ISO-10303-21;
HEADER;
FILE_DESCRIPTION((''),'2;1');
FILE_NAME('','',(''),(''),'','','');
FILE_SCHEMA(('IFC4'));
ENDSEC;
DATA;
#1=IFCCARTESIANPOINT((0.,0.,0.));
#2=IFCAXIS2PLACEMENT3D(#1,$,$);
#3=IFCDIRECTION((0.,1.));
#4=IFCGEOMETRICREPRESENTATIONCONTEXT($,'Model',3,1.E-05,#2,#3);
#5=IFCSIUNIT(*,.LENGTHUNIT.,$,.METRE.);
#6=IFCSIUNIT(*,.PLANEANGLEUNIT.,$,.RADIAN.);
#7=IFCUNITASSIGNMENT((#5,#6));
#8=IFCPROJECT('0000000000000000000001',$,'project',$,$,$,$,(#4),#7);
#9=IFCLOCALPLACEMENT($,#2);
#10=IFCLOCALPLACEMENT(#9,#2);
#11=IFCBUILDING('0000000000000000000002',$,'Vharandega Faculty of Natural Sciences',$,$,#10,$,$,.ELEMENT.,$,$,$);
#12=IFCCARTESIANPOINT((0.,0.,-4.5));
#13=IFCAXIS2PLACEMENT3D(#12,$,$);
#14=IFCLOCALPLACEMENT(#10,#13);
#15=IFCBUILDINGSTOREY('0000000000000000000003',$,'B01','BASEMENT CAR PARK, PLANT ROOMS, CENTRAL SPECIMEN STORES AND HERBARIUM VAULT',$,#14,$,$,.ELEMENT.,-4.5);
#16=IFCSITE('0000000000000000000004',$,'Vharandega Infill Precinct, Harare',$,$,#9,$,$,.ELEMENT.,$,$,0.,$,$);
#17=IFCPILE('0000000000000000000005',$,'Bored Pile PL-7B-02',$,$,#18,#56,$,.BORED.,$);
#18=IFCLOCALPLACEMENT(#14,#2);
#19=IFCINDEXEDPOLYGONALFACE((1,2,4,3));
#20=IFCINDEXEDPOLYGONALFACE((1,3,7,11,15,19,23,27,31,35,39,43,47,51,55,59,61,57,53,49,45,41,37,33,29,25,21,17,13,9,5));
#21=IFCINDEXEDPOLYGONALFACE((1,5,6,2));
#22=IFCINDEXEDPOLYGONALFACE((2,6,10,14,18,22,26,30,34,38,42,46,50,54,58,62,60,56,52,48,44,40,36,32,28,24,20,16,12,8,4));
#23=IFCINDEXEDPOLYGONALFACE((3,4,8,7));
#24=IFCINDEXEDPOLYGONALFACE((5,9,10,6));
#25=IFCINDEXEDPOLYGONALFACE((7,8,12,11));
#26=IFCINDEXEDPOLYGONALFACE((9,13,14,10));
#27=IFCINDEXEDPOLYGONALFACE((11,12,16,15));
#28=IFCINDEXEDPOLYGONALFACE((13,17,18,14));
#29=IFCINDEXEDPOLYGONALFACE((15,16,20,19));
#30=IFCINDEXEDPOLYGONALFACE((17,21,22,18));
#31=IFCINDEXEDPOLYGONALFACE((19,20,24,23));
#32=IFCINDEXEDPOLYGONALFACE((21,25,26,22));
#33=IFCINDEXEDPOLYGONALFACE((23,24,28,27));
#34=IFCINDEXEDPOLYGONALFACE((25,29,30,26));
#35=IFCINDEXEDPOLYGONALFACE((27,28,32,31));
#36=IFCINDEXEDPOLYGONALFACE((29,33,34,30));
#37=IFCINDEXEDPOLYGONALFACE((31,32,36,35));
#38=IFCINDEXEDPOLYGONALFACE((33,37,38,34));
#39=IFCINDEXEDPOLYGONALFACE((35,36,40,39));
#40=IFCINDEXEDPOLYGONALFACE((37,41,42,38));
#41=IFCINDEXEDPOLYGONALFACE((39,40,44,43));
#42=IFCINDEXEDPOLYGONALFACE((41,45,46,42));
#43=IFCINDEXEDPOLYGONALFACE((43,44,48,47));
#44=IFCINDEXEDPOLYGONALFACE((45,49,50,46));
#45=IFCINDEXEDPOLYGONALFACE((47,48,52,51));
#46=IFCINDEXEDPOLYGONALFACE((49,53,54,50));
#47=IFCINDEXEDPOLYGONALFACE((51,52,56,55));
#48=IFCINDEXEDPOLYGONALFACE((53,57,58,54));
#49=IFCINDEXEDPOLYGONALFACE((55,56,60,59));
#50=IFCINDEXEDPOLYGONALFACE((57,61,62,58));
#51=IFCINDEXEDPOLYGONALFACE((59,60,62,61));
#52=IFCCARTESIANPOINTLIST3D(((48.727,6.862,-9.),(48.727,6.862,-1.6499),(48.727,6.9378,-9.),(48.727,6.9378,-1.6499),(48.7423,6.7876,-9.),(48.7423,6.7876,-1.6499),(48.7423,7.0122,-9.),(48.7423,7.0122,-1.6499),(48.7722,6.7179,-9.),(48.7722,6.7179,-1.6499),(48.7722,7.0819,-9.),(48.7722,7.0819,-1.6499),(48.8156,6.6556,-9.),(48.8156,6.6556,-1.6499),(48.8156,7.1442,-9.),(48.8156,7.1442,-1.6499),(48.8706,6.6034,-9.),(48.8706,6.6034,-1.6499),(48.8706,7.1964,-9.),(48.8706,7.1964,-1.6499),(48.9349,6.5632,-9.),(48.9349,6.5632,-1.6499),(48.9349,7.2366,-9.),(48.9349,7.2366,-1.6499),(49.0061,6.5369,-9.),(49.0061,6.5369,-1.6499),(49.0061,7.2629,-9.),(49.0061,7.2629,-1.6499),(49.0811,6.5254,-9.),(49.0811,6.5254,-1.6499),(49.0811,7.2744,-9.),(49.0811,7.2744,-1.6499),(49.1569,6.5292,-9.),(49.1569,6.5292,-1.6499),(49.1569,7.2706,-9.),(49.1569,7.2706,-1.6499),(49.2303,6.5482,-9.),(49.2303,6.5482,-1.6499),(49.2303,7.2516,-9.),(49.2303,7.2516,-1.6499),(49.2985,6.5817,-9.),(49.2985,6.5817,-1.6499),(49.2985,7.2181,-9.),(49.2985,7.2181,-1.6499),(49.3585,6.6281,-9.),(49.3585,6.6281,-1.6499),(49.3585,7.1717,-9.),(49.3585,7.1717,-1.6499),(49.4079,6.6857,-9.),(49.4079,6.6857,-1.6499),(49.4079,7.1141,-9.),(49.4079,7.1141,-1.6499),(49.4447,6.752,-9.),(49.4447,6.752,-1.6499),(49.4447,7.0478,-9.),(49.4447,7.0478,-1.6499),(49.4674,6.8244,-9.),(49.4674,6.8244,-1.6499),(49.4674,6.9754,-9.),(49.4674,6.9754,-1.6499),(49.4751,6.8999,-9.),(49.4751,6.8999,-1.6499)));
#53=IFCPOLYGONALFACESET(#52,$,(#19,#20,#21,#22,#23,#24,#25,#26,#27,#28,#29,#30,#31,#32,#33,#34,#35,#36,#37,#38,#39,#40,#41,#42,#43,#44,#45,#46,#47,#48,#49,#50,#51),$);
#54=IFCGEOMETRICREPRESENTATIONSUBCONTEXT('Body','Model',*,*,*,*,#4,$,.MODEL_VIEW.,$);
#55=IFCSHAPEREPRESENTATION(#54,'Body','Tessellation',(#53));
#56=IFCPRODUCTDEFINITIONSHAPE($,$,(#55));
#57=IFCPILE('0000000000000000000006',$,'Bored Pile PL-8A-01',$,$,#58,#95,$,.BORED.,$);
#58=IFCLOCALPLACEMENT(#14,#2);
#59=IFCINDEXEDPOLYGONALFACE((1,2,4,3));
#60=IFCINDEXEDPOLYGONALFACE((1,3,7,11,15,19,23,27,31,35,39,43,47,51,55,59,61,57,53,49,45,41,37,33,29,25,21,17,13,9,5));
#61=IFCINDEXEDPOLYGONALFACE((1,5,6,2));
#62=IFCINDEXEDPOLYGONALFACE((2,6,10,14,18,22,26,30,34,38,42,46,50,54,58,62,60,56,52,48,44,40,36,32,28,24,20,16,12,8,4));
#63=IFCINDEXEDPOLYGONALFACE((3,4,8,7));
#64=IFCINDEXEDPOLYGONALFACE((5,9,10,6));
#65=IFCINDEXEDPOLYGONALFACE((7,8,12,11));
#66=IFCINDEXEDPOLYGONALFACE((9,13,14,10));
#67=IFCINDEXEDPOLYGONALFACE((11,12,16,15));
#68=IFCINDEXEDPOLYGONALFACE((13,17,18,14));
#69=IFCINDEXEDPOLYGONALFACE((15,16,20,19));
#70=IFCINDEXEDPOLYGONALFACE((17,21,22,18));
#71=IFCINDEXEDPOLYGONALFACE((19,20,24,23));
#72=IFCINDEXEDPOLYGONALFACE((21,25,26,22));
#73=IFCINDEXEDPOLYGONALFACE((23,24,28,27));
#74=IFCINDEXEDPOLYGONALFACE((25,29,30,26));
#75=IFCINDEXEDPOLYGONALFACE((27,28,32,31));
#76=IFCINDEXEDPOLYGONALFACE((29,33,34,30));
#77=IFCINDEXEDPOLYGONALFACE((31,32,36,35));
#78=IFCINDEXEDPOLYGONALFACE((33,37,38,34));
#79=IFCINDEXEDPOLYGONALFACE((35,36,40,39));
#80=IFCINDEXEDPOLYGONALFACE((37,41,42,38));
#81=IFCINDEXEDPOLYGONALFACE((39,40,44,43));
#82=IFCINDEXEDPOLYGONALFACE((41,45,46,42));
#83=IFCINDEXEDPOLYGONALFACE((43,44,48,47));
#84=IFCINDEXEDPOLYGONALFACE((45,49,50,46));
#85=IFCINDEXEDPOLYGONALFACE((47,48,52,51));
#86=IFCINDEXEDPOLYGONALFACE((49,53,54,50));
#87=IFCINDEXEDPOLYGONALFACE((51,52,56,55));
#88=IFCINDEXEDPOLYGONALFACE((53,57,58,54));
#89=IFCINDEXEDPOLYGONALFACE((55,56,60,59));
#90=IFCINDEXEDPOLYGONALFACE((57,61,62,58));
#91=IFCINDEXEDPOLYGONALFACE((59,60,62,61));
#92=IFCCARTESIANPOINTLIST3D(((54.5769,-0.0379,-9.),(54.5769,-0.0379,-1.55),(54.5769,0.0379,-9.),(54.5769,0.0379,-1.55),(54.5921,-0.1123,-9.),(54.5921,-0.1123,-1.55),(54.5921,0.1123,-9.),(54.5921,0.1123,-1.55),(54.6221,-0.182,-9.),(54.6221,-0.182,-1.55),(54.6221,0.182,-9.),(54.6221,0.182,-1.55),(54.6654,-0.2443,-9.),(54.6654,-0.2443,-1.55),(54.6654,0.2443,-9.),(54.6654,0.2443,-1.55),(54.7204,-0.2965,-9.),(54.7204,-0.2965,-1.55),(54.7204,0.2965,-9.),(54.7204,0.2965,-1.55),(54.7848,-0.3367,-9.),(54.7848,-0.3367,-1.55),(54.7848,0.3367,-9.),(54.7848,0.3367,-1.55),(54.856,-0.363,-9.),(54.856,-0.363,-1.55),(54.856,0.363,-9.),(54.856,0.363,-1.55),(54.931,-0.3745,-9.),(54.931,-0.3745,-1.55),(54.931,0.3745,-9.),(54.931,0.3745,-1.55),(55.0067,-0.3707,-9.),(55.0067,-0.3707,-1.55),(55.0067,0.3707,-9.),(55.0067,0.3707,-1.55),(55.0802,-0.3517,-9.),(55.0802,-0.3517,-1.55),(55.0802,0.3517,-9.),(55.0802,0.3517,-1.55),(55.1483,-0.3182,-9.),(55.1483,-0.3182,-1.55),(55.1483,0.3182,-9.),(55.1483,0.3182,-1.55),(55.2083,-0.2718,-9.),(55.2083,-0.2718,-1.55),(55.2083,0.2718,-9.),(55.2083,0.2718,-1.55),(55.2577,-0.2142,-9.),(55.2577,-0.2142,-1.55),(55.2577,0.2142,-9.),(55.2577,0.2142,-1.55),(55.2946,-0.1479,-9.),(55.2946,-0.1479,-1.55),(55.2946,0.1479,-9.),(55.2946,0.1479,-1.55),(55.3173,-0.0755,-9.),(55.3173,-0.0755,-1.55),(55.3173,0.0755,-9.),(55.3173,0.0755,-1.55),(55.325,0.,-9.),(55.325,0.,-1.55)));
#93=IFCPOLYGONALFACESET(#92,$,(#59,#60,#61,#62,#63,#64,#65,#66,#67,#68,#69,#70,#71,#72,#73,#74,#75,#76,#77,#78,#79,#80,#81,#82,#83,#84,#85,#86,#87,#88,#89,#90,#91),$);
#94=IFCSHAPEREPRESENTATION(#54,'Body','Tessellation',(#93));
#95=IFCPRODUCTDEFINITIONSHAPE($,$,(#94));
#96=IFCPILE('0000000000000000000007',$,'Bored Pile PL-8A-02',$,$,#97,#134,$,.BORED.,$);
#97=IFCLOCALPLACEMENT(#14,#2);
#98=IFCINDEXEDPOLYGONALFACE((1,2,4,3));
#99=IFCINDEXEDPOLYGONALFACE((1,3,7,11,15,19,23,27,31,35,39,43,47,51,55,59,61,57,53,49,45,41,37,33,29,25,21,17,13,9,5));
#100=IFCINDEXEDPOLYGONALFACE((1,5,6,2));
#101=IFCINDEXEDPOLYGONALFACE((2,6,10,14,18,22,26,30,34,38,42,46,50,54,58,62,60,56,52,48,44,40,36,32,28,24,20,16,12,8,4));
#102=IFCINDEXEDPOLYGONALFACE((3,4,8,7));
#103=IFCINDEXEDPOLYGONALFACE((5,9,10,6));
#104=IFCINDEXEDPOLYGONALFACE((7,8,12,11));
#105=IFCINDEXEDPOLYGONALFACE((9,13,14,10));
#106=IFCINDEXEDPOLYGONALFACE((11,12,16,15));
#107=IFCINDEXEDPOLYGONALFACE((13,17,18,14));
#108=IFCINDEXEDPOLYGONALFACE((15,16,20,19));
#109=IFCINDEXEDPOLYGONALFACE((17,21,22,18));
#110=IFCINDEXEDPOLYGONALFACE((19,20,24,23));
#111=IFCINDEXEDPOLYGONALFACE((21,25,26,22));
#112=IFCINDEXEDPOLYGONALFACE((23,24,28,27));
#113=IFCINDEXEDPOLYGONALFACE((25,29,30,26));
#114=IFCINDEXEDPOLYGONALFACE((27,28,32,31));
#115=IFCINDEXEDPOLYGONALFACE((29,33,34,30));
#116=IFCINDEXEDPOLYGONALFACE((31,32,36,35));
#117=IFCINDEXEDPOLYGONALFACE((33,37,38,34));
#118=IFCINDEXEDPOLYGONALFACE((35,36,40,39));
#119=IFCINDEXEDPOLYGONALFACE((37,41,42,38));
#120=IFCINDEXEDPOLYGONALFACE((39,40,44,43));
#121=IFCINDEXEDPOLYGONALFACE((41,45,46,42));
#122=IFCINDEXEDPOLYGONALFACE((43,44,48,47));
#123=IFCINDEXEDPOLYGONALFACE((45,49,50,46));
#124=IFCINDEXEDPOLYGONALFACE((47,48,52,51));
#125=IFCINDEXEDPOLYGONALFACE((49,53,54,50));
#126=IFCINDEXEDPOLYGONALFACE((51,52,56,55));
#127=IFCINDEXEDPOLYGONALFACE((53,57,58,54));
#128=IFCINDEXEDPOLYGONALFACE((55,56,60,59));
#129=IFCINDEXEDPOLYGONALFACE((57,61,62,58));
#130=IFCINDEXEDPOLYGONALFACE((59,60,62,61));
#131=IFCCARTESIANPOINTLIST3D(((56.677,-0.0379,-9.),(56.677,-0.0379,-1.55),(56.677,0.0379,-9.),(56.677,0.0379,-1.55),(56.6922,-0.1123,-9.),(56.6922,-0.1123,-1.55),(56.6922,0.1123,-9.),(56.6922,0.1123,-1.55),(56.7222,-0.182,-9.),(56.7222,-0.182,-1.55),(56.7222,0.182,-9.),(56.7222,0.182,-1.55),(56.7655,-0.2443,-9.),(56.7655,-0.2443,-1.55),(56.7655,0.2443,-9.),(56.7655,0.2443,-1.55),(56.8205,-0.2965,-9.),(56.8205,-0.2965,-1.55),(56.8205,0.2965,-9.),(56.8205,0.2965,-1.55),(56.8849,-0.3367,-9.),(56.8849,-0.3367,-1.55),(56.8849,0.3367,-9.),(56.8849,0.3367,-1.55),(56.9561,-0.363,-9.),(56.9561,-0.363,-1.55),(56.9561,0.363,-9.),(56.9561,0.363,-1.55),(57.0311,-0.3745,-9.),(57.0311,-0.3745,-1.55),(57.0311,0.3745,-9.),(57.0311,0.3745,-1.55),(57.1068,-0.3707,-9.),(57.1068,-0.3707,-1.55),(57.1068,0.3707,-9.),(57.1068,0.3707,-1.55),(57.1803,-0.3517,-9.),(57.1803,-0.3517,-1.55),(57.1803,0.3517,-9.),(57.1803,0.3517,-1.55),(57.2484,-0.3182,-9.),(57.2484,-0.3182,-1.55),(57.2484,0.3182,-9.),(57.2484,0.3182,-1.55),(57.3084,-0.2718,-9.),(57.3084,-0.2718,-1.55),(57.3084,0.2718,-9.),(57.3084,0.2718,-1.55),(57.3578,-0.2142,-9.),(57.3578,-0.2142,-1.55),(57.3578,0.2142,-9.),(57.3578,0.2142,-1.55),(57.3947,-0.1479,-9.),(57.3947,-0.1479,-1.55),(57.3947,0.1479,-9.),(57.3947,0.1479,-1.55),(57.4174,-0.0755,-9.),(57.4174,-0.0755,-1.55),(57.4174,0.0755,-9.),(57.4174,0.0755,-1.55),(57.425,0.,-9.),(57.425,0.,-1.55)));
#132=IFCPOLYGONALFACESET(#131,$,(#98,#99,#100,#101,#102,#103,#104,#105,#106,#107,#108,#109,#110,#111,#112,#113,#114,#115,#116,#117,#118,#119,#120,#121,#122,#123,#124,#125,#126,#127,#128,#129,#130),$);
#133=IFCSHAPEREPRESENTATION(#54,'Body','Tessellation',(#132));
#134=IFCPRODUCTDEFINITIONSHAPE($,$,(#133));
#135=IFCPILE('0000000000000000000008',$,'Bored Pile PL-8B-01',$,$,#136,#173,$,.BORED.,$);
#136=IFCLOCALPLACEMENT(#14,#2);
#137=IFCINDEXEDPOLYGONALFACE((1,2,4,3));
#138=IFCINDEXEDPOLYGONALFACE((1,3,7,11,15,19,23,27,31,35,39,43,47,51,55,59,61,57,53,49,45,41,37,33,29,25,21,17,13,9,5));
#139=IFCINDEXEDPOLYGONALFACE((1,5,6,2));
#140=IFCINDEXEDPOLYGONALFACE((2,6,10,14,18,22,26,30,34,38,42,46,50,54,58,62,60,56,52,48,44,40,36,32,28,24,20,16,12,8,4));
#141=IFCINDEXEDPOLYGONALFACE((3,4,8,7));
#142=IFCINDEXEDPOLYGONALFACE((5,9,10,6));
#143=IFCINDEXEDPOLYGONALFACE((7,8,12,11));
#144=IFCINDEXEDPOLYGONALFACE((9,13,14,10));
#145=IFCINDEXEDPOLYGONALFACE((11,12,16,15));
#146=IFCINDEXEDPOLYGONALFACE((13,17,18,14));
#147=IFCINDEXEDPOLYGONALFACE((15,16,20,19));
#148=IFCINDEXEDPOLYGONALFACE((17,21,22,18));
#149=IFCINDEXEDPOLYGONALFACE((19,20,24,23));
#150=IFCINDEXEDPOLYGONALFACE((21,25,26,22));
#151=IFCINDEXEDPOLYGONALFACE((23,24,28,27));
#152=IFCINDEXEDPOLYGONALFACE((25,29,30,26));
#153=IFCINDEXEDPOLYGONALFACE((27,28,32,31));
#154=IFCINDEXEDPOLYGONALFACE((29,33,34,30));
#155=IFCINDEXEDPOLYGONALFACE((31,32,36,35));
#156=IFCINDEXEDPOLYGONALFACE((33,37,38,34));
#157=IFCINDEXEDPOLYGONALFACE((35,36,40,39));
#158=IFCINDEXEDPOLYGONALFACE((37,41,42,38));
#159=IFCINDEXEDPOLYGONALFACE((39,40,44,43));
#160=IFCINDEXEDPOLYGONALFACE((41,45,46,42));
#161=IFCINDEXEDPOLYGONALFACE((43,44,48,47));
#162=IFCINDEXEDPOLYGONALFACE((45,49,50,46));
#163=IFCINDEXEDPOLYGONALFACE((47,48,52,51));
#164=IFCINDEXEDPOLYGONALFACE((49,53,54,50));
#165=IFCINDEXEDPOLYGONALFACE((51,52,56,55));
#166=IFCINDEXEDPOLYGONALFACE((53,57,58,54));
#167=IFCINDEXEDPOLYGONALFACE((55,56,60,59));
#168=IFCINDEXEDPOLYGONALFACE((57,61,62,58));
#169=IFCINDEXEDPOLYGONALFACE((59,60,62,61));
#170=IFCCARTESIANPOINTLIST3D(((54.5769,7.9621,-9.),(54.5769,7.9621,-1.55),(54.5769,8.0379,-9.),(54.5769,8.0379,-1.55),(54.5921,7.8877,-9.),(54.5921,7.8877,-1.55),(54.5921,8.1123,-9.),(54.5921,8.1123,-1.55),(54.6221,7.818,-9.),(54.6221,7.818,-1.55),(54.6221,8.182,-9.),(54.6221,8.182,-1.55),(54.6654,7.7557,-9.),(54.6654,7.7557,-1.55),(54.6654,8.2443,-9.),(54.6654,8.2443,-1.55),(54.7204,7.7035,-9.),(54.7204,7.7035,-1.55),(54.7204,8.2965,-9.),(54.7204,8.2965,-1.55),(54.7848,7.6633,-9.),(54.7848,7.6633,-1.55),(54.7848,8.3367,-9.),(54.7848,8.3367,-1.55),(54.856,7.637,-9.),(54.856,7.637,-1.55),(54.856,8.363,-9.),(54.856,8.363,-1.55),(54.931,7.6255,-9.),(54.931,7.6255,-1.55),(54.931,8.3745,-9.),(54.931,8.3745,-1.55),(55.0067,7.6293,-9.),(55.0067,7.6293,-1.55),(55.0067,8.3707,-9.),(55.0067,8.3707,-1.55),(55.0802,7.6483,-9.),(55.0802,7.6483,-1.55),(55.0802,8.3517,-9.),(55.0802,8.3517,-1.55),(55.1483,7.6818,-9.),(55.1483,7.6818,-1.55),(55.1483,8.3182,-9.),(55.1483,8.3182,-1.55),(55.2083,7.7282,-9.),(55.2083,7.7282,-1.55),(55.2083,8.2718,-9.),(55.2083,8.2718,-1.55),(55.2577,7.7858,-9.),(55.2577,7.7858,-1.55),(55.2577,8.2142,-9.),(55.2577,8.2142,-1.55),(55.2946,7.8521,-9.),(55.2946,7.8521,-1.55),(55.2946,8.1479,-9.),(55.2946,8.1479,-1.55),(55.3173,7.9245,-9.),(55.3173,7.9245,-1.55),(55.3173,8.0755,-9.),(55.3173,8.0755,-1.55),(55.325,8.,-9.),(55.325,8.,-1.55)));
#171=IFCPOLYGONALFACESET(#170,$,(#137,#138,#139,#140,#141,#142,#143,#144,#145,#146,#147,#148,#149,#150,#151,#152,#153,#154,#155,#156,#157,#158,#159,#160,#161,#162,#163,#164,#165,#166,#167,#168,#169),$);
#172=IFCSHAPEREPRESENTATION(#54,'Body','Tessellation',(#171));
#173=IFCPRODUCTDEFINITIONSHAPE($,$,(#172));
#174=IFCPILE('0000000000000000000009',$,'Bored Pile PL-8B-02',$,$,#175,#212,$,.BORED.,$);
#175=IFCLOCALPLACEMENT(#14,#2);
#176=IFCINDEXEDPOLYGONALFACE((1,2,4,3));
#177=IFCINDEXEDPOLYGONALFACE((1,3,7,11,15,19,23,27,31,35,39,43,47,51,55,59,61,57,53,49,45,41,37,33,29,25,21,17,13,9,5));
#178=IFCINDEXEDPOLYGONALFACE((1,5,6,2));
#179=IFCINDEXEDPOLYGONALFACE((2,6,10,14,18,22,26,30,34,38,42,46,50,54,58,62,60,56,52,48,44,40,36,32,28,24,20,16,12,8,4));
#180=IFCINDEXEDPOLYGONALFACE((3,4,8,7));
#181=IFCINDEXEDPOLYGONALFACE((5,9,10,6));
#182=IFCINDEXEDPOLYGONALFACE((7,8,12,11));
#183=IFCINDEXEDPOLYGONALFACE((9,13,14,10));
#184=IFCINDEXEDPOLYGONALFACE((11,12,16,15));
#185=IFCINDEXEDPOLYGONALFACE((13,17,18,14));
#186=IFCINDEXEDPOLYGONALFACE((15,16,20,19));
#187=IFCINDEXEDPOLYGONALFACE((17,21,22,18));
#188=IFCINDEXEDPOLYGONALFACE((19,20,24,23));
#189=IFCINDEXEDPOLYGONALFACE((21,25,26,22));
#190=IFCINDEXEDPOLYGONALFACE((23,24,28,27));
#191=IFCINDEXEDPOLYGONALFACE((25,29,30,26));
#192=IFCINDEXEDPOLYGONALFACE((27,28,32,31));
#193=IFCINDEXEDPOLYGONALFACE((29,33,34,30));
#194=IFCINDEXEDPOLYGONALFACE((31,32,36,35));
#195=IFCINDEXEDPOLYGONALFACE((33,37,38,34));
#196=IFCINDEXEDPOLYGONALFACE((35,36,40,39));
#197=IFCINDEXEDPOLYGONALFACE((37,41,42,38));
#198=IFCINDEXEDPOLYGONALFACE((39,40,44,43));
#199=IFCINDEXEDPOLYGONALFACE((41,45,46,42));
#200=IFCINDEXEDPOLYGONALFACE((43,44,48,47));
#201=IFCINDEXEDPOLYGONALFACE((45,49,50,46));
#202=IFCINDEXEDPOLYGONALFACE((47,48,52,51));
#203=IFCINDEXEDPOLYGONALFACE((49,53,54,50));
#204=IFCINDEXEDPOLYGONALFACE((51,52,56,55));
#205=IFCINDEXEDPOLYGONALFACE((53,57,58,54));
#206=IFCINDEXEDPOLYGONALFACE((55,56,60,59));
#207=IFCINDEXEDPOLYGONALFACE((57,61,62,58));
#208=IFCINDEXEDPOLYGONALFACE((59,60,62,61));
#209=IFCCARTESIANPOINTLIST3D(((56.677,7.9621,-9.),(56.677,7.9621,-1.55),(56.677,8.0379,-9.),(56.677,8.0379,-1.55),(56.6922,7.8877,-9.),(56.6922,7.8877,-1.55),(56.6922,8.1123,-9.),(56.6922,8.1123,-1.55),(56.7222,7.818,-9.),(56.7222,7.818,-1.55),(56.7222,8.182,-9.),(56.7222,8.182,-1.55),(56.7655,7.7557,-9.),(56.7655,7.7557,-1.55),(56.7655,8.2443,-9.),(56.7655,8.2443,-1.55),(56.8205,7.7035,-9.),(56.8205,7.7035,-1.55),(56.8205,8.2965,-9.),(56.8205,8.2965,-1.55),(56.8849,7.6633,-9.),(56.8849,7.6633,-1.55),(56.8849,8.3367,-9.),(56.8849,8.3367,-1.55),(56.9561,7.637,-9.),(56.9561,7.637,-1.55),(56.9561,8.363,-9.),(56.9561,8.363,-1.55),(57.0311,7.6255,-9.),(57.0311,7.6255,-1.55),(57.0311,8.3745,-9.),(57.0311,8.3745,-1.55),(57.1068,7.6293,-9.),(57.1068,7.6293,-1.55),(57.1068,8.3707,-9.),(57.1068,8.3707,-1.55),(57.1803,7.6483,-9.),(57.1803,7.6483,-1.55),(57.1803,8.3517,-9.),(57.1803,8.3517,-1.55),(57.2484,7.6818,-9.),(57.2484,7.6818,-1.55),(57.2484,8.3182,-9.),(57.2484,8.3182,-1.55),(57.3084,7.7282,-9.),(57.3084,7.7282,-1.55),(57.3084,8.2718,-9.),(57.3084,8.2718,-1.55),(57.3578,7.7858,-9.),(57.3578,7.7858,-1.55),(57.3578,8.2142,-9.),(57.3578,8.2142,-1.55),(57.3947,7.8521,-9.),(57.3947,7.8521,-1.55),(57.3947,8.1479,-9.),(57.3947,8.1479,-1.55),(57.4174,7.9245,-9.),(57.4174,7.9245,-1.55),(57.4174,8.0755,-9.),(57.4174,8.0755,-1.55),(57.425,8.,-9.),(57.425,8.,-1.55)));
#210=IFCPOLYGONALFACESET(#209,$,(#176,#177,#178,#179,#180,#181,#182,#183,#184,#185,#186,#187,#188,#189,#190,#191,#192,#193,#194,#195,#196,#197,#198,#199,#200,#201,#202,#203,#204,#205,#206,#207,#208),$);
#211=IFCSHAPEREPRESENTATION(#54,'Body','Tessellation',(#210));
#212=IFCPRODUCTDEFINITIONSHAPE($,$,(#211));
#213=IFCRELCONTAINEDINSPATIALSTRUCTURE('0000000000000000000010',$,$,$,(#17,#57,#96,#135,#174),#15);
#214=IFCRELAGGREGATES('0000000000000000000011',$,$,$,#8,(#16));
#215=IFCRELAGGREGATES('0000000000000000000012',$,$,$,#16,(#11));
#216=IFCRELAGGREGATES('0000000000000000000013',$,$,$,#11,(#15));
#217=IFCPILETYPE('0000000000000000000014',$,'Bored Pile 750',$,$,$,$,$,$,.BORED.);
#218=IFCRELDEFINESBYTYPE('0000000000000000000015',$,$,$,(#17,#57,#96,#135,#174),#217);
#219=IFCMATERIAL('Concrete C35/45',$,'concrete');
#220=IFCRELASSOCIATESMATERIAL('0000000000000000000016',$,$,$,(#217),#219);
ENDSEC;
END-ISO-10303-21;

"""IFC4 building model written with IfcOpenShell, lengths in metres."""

from ifc_helpers import new_model, si_unit, direction, frame, origin, origin_2d, place, context, subcontext, project, spatial, circle, extrude, material, material_profile, profile_set, type_object, element, save


model = new_model("IFC4")

# Units and contexts
model_context = context("Model", 3, precision=1e-05, world=origin(), true_north=direction((0.0, 1.0)))
body_context = subcontext(model_context, "Body", "Model", "MODEL_VIEW")
ifc_project = project(units=[si_unit("LENGTHUNIT", "METRE"), si_unit("PLANEANGLEUNIT", "RADIAN")], contexts=[model_context])

# Site, building, storey
site_placement = place(None, origin())
site = spatial("IfcSite", under=ifc_project, at=site_placement, Name="Vharandega Infill Precinct, Harare", CompositionType="ELEMENT", RefElevation=0.0)
building_placement = place(site_placement, origin())
building = spatial("IfcBuilding", under=site, at=building_placement, Name="Vharandega Faculty of Natural Sciences", CompositionType="ELEMENT")
storey_placement = place(building_placement, frame((0.0, 0.0, -4.5)))
storey = spatial("IfcBuildingStorey", under=building, at=storey_placement, Name="B01", Description="BASEMENT CAR PARK, PLANT ROOMS, CENTRAL SPECIMEN STORES AND HERBARIUM VAULT", CompositionType="ELEMENT", Elevation=-4.5)

# Piles
ifc_material_1 = material(Name="Concrete C35/45", Category="concrete")
ifc_material_profile_1 = material_profile(ifc_material_1, circle(Radius=0.375, at=origin_2d()), Name="PILE 750")
ifc_profile_set_1 = profile_set([ifc_material_profile_1], Name="Concrete C35/45")
pile_type = type_object("IfcPileType", Name="Bored Pile 750", PredefinedType="BORED", material=ifc_profile_set_1)
for number, where, z_axis, x_axis, name in (
    (1, (49.1001, 6.8999, -1.6499), (0.0, 0.0, -1.0), (1.0, 0.0, 0.0), "Bored Pile PL-7B-02"),
):
    element("IfcPile", number, at=place(storey_placement, frame(where, z_axis=z_axis, x_axis=x_axis)), inside=storey, type_object=pile_type, Name=name, PredefinedType="BORED", context=body_context, shape_type="SweptSolid", body=[
        extrude(circle(Radius=0.375, at=origin_2d()), origin(), (0.0, 0.0, 1.0), 7.3501),
    ])
for number, where, z_axis, x_axis, name in (
    (2, (54.95, 0.0, -1.55), (0.0, 0.0, -1.0), (1.0, 0.0, 0.0), "Bored Pile PL-8A-01"),
    (3, (57.05, 0.0, -1.55), (0.0, 0.0, -1.0), (1.0, 0.0, 0.0), "Bored Pile PL-8A-02"),
    (4, (54.95, 8.0, -1.55), (0.0, 0.0, -1.0), (1.0, 0.0, 0.0), "Bored Pile PL-8B-01"),
    (5, (57.05, 8.0, -1.55), (0.0, 0.0, -1.0), (1.0, 0.0, 0.0), "Bored Pile PL-8B-02"),
):
    element("IfcPile", number, at=place(storey_placement, frame(where, z_axis=z_axis, x_axis=x_axis)), inside=storey, type_object=pile_type, Name=name, PredefinedType="BORED", context=body_context, shape_type="SweptSolid", body=[
        extrude(circle(Radius=0.375, at=origin_2d()), origin(), (0.0, 0.0, 1.0), 7.45),
    ])

save(model, "model.ifc")
